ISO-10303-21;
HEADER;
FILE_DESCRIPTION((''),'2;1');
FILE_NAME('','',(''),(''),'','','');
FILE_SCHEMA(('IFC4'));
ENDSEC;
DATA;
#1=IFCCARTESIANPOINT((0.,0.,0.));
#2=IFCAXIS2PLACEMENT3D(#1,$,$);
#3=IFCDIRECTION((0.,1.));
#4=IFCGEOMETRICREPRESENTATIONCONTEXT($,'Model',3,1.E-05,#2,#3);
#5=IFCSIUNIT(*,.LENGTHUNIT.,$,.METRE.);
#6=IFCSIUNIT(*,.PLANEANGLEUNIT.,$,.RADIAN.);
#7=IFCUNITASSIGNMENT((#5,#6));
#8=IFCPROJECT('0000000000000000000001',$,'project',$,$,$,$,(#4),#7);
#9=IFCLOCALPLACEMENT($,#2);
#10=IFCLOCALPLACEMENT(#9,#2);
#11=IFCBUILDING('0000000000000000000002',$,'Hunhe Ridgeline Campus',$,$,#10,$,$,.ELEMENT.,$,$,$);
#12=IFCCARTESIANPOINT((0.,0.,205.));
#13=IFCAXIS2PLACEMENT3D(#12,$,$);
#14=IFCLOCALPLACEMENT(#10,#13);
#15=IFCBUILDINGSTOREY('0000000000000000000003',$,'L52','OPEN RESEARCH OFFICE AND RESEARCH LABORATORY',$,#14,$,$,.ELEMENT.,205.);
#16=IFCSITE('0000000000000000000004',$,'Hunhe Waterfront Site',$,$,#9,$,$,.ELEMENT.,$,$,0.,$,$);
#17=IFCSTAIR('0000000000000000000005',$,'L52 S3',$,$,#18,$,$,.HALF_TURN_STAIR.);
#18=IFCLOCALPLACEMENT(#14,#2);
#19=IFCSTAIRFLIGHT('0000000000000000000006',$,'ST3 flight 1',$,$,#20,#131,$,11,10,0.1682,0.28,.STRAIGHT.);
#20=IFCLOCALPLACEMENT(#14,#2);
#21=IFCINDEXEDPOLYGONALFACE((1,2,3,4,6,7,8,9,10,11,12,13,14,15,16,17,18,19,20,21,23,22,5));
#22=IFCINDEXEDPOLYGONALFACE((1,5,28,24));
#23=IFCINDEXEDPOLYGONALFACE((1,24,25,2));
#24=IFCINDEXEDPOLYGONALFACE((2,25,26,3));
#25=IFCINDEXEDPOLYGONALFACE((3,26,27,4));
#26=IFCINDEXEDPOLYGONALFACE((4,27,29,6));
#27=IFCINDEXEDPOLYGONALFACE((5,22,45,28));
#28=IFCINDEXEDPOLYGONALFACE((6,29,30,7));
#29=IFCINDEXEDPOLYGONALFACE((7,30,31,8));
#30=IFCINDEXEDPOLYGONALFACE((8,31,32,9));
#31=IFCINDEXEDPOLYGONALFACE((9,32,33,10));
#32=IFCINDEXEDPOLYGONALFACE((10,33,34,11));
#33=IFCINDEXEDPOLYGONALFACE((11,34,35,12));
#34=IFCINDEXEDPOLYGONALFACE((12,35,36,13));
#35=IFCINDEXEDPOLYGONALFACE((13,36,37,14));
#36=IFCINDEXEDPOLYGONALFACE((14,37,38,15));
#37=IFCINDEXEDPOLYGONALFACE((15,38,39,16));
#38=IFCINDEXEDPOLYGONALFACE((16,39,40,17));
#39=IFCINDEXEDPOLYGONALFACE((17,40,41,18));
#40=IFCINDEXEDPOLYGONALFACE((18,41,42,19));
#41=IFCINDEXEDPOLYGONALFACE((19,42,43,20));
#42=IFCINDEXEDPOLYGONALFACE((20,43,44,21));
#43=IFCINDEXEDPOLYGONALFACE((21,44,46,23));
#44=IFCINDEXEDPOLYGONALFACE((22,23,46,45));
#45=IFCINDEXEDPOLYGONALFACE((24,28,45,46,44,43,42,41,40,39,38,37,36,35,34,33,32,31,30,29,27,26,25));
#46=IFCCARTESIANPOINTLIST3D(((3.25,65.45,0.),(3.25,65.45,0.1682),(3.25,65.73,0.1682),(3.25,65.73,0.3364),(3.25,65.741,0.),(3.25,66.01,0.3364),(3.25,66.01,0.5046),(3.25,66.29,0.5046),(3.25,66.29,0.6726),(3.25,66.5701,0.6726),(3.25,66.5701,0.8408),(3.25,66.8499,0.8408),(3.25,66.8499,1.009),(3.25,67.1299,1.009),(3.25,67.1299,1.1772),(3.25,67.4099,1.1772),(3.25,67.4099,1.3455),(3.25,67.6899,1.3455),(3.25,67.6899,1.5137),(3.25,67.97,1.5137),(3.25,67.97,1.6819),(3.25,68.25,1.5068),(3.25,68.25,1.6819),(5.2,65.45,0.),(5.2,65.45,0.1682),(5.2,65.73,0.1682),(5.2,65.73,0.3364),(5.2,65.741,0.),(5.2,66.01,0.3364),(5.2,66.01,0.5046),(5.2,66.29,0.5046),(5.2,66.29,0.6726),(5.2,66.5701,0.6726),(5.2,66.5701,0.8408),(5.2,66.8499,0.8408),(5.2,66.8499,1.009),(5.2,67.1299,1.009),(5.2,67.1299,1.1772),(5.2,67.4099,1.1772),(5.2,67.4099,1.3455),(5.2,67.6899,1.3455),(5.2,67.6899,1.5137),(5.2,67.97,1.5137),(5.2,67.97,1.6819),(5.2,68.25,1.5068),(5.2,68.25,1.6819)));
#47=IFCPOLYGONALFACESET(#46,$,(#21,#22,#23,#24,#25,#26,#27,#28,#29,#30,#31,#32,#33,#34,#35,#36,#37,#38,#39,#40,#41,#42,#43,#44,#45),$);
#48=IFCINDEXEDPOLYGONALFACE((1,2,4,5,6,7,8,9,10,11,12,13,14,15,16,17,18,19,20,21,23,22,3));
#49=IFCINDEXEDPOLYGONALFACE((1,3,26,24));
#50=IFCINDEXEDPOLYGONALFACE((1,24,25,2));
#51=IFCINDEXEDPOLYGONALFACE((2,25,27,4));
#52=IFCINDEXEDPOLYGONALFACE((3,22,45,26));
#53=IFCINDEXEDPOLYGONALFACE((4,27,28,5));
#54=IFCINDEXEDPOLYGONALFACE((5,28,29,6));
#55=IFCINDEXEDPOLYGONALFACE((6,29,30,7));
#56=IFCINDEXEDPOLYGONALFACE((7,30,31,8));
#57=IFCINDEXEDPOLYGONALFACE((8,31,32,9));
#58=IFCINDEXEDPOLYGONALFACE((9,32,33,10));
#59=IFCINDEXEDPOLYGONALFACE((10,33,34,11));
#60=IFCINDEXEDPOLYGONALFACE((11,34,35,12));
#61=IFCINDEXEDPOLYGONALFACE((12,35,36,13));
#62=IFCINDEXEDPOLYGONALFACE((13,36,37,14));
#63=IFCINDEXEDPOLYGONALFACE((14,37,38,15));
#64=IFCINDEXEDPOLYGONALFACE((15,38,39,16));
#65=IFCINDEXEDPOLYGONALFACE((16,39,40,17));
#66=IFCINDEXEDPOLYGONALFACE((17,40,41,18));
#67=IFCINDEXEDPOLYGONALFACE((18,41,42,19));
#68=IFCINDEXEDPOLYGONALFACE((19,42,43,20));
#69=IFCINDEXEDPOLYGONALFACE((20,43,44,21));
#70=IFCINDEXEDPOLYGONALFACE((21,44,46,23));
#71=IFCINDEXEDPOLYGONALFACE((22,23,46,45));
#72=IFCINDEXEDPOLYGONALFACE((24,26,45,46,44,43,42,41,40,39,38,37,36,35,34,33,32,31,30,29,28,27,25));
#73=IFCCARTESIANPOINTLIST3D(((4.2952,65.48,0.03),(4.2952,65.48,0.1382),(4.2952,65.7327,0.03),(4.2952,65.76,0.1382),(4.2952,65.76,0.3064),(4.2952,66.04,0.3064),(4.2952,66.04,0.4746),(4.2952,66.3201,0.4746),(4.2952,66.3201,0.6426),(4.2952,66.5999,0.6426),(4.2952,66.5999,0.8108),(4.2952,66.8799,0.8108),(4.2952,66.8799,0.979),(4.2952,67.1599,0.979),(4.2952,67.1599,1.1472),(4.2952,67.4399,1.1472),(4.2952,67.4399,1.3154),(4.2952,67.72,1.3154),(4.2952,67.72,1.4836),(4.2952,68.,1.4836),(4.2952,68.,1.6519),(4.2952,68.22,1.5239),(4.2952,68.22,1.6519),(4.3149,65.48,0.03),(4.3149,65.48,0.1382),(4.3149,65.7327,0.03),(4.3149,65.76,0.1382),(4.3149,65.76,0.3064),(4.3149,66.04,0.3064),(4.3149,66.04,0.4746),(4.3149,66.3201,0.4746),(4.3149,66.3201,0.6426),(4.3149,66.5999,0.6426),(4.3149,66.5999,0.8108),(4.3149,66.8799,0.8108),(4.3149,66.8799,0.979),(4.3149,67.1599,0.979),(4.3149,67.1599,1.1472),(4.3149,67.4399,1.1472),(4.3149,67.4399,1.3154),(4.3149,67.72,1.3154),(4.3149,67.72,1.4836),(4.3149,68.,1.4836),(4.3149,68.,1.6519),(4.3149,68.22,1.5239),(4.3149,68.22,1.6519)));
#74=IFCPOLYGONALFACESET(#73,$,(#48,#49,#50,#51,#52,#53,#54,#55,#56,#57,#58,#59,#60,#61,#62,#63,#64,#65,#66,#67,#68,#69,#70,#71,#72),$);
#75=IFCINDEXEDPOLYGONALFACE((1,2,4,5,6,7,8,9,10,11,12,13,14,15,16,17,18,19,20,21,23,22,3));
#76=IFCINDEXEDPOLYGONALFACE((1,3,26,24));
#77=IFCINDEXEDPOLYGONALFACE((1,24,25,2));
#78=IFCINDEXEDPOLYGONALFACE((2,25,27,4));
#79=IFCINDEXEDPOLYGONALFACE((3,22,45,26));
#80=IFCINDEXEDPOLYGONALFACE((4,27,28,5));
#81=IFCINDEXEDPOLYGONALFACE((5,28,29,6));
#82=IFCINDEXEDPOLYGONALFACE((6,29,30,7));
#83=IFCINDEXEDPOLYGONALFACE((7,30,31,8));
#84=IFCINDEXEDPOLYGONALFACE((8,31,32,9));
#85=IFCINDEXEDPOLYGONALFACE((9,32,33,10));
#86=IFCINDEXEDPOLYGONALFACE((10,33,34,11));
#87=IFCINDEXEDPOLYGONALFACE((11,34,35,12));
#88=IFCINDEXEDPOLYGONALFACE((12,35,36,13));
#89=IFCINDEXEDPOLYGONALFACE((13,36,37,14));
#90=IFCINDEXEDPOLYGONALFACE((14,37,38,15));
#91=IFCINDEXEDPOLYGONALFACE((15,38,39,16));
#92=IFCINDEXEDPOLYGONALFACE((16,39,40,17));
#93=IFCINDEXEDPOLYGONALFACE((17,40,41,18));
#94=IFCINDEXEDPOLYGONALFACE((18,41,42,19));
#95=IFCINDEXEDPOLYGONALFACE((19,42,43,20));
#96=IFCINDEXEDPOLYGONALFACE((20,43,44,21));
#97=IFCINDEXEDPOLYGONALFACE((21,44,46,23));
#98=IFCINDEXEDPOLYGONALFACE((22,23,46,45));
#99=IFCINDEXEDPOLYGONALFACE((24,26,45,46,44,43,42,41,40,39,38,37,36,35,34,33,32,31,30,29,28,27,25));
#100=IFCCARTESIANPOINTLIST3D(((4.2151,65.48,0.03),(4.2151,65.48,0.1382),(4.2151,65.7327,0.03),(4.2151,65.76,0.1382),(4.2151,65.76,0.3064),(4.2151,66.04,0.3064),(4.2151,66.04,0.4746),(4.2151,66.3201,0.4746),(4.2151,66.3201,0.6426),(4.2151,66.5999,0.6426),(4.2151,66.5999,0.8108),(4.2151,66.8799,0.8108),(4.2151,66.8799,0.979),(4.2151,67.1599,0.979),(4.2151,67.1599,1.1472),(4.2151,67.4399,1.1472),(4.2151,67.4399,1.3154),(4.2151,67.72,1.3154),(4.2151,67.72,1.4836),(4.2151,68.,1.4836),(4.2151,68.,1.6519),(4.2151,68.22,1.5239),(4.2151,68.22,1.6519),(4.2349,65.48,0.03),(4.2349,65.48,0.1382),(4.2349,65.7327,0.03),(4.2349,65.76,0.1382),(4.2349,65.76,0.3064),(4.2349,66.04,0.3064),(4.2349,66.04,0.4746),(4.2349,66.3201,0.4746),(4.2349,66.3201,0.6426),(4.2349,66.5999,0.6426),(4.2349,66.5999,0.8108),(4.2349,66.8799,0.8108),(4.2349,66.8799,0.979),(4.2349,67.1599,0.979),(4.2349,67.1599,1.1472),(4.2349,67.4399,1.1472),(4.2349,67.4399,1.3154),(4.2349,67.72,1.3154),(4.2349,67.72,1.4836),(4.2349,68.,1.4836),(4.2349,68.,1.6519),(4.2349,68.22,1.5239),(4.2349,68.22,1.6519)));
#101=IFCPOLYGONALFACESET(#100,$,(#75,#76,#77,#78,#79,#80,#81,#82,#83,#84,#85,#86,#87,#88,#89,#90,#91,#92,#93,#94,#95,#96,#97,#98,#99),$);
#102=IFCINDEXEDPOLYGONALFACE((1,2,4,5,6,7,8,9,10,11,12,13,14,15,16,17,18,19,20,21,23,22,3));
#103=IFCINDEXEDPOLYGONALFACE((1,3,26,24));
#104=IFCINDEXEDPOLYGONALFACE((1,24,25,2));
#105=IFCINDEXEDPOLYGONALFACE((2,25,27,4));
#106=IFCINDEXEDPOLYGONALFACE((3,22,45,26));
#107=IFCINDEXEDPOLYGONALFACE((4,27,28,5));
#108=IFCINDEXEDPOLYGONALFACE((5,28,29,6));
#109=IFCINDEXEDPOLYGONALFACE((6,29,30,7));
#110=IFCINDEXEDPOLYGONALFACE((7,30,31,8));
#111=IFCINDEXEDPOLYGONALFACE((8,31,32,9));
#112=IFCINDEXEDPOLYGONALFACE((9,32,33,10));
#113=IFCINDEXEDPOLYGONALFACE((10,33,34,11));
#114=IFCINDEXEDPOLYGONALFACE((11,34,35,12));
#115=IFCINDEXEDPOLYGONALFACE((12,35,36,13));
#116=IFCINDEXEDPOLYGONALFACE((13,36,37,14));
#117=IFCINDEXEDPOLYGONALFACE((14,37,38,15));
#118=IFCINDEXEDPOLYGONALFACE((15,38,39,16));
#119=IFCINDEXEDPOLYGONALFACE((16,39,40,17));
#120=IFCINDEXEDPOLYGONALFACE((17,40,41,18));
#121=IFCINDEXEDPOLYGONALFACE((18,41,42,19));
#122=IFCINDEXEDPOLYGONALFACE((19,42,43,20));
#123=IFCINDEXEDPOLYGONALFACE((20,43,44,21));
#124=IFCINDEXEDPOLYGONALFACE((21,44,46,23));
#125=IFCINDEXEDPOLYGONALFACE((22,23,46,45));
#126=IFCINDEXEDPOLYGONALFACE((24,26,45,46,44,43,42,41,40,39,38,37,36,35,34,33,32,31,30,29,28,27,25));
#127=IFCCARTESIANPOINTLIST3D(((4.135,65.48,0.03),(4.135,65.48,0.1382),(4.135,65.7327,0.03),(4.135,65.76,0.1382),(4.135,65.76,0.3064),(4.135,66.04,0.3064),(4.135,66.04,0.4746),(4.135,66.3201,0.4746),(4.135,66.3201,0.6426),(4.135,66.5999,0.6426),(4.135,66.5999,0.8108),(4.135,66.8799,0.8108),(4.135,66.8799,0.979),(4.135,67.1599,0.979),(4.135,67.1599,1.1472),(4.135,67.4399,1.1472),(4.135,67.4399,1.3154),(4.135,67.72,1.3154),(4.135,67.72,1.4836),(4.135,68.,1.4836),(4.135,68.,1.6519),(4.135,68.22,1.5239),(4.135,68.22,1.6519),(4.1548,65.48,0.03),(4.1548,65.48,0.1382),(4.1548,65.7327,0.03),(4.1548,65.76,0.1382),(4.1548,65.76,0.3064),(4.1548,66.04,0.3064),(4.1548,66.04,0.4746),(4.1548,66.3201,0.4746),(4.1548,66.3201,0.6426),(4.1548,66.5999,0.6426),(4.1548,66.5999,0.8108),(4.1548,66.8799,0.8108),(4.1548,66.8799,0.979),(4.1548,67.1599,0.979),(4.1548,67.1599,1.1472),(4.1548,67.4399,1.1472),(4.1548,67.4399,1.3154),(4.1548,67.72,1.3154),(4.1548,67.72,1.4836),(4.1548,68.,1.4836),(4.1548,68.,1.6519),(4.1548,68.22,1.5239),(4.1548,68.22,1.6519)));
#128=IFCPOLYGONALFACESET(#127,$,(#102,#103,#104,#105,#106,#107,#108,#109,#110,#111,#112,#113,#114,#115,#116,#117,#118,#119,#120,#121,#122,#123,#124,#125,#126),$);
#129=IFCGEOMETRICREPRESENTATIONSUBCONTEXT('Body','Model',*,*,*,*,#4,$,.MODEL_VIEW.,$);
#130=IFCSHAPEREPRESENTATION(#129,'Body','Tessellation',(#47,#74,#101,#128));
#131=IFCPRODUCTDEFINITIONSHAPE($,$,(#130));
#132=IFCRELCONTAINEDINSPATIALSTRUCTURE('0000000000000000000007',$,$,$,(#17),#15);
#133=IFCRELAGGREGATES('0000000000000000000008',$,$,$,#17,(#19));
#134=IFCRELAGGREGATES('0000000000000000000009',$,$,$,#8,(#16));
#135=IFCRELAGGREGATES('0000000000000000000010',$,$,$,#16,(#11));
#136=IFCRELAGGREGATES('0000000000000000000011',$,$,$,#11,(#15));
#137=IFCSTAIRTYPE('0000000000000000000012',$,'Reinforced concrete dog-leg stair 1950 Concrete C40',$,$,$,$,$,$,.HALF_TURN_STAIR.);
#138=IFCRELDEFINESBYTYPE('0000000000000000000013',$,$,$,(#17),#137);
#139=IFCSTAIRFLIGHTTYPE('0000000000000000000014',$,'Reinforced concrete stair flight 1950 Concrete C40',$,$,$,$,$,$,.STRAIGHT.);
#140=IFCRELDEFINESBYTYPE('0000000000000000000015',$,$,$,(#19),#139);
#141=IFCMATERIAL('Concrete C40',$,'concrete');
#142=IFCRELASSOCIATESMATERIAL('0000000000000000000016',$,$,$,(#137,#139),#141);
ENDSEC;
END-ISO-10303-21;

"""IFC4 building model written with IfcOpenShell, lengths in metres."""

from ifc_helpers import new_model, si_unit, direction, frame, origin, place, context, subcontext, project, spatial, polyline, outline, extrude, material, type_object, element, aggregate, save


model = new_model("IFC4")

# Units and contexts
model_context = context("Model", 3, precision=1e-05, world=origin(), true_north=direction((0.0, 1.0)))
body_context = subcontext(model_context, "Body", "Model", "MODEL_VIEW")
ifc_project = project(units=[si_unit("LENGTHUNIT", "METRE"), si_unit("PLANEANGLEUNIT", "RADIAN")], contexts=[model_context])

# Site, building, storey
site_placement = place(None, origin())
site = spatial("IfcSite", under=ifc_project, at=site_placement, Name="Hunhe Waterfront Site", CompositionType="ELEMENT", RefElevation=0.0)
building_placement = place(site_placement, origin())
building = spatial("IfcBuilding", under=site, at=building_placement, Name="Hunhe Ridgeline Campus", CompositionType="ELEMENT")
storey_placement = place(building_placement, frame((0.0, 0.0, 205.0)))
storey = spatial("IfcBuildingStorey", under=building, at=storey_placement, Name="L52", Description="OPEN RESEARCH OFFICE AND RESEARCH LABORATORY", CompositionType="ELEMENT", Elevation=205.0)

# Stair, stair flight
ifc_material_1 = material(Name="Concrete C40", Category="concrete")
stair_type = type_object("IfcStairType", Name="Reinforced concrete dog-leg stair 1950 Concrete C40", PredefinedType="HALF_TURN_STAIR", material=ifc_material_1)
stair_1_placement = place(storey_placement, origin())
stair_1 = element("IfcStair", 1, at=stair_1_placement, inside=storey, type_object=stair_type, Name="L52 S3", PredefinedType="HALF_TURN_STAIR")
stair_flight_type = type_object("IfcStairFlightType", Name="Reinforced concrete stair flight 1950 Concrete C40", PredefinedType="STRAIGHT", material=ifc_material_1)
stair_flight_1_placement = place(storey_placement, frame((4.2251, 65.45, 0.0), z_axis=(0.0, 0.0, 1.0), x_axis=(0.0, 1.0, 0.0)))
stair_flight_1 = element("IfcStairFlight", 2, at=stair_flight_1_placement, type_object=stair_flight_type, Name="ST3 flight 1", NumberOfRisers=11, NumberOfTreads=10, PredefinedType="STRAIGHT", RiserHeight=0.1682, TreadLength=0.28, context=body_context, shape_type="SweptSolid", body=[
    extrude(outline(polyline([(0.0, 0.0), (0.0, 0.1682), (0.28, 0.1682), (0.28, 0.3364), (0.5601, 0.3364), (0.5601, 0.5046), (0.8401, 0.5046), (0.8401, 0.6726), (1.1201, 0.6726), (1.1201, 0.8408), (1.3999, 0.8408), (1.3999, 1.009), (1.6799, 1.009), (1.6799, 1.1772), (1.96, 1.1772), (1.96, 1.3455), (2.24, 1.3455), (2.24, 1.5137), (2.52, 1.5137), (2.52, 1.6819), (2.8, 1.6819), (2.8, 1.8501), (2.8, 1.5068), (0.291, 0.0), (0.0, 0.0)])), frame((0.0, 0.9751, 0.0), z_axis=(0.0, -1.0, 0.0), x_axis=(1.0, 0.0, 0.0)), (0.0, 0.0, 1.0), 1.95),
    extrude(outline(polyline([(0.03, 0.03), (0.03, 0.1382), (0.3101, 0.1382), (0.3101, 0.3064), (0.5901, 0.3064), (0.5901, 0.4746), (0.8701, 0.4746), (0.8701, 0.6426), (1.1499, 0.6426), (1.1499, 0.8108), (1.4299, 0.8108), (1.4299, 0.979), (1.71, 0.979), (1.71, 1.1472), (1.99, 1.1472), (1.99, 1.3154), (2.27, 1.3154), (2.27, 1.4836), (2.55, 1.4836), (2.55, 1.6519), (2.77, 1.6519), (2.77, 1.5239), (0.2827, 0.03), (0.03, 0.03)])), frame((0.0, -0.0701, 0.0), z_axis=(0.0, -1.0, 0.0), x_axis=(1.0, 0.0, 0.0)), (0.0, 0.0, 1.0), 0.0198),
    extrude(outline(polyline([(0.03, 0.03), (0.03, 0.1382), (0.3101, 0.1382), (0.3101, 0.3064), (0.5901, 0.3064), (0.5901, 0.4746), (0.8701, 0.4746), (0.8701, 0.6426), (1.1499, 0.6426), (1.1499, 0.8108), (1.4299, 0.8108), (1.4299, 0.979), (1.71, 0.979), (1.71, 1.1472), (1.99, 1.1472), (1.99, 1.3154), (2.27, 1.3154), (2.27, 1.4836), (2.55, 1.4836), (2.55, 1.6519), (2.77, 1.6519), (2.77, 1.5239), (0.2827, 0.03), (0.03, 0.03)])), frame((0.0, 0.01, 0.0), z_axis=(0.0, -1.0, 0.0), x_axis=(1.0, 0.0, 0.0)), (0.0, 0.0, 1.0), 0.0198),
    extrude(outline(polyline([(0.03, 0.03), (0.03, 0.1382), (0.3101, 0.1382), (0.3101, 0.3064), (0.5901, 0.3064), (0.5901, 0.4746), (0.8701, 0.4746), (0.8701, 0.6426), (1.1499, 0.6426), (1.1499, 0.8108), (1.4299, 0.8108), (1.4299, 0.979), (1.71, 0.979), (1.71, 1.1472), (1.99, 1.1472), (1.99, 1.3154), (2.27, 1.3154), (2.27, 1.4836), (2.55, 1.4836), (2.55, 1.6519), (2.77, 1.6519), (2.77, 1.5239), (0.2827, 0.03), (0.03, 0.03)])), frame((0.0, 0.0901, 0.0), z_axis=(0.0, -1.0, 0.0), x_axis=(1.0, 0.0, 0.0)), (0.0, 0.0, 1.0), 0.0198),
])
aggregate(stair_1, [stair_flight_1])

save(model, "model.ifc")
